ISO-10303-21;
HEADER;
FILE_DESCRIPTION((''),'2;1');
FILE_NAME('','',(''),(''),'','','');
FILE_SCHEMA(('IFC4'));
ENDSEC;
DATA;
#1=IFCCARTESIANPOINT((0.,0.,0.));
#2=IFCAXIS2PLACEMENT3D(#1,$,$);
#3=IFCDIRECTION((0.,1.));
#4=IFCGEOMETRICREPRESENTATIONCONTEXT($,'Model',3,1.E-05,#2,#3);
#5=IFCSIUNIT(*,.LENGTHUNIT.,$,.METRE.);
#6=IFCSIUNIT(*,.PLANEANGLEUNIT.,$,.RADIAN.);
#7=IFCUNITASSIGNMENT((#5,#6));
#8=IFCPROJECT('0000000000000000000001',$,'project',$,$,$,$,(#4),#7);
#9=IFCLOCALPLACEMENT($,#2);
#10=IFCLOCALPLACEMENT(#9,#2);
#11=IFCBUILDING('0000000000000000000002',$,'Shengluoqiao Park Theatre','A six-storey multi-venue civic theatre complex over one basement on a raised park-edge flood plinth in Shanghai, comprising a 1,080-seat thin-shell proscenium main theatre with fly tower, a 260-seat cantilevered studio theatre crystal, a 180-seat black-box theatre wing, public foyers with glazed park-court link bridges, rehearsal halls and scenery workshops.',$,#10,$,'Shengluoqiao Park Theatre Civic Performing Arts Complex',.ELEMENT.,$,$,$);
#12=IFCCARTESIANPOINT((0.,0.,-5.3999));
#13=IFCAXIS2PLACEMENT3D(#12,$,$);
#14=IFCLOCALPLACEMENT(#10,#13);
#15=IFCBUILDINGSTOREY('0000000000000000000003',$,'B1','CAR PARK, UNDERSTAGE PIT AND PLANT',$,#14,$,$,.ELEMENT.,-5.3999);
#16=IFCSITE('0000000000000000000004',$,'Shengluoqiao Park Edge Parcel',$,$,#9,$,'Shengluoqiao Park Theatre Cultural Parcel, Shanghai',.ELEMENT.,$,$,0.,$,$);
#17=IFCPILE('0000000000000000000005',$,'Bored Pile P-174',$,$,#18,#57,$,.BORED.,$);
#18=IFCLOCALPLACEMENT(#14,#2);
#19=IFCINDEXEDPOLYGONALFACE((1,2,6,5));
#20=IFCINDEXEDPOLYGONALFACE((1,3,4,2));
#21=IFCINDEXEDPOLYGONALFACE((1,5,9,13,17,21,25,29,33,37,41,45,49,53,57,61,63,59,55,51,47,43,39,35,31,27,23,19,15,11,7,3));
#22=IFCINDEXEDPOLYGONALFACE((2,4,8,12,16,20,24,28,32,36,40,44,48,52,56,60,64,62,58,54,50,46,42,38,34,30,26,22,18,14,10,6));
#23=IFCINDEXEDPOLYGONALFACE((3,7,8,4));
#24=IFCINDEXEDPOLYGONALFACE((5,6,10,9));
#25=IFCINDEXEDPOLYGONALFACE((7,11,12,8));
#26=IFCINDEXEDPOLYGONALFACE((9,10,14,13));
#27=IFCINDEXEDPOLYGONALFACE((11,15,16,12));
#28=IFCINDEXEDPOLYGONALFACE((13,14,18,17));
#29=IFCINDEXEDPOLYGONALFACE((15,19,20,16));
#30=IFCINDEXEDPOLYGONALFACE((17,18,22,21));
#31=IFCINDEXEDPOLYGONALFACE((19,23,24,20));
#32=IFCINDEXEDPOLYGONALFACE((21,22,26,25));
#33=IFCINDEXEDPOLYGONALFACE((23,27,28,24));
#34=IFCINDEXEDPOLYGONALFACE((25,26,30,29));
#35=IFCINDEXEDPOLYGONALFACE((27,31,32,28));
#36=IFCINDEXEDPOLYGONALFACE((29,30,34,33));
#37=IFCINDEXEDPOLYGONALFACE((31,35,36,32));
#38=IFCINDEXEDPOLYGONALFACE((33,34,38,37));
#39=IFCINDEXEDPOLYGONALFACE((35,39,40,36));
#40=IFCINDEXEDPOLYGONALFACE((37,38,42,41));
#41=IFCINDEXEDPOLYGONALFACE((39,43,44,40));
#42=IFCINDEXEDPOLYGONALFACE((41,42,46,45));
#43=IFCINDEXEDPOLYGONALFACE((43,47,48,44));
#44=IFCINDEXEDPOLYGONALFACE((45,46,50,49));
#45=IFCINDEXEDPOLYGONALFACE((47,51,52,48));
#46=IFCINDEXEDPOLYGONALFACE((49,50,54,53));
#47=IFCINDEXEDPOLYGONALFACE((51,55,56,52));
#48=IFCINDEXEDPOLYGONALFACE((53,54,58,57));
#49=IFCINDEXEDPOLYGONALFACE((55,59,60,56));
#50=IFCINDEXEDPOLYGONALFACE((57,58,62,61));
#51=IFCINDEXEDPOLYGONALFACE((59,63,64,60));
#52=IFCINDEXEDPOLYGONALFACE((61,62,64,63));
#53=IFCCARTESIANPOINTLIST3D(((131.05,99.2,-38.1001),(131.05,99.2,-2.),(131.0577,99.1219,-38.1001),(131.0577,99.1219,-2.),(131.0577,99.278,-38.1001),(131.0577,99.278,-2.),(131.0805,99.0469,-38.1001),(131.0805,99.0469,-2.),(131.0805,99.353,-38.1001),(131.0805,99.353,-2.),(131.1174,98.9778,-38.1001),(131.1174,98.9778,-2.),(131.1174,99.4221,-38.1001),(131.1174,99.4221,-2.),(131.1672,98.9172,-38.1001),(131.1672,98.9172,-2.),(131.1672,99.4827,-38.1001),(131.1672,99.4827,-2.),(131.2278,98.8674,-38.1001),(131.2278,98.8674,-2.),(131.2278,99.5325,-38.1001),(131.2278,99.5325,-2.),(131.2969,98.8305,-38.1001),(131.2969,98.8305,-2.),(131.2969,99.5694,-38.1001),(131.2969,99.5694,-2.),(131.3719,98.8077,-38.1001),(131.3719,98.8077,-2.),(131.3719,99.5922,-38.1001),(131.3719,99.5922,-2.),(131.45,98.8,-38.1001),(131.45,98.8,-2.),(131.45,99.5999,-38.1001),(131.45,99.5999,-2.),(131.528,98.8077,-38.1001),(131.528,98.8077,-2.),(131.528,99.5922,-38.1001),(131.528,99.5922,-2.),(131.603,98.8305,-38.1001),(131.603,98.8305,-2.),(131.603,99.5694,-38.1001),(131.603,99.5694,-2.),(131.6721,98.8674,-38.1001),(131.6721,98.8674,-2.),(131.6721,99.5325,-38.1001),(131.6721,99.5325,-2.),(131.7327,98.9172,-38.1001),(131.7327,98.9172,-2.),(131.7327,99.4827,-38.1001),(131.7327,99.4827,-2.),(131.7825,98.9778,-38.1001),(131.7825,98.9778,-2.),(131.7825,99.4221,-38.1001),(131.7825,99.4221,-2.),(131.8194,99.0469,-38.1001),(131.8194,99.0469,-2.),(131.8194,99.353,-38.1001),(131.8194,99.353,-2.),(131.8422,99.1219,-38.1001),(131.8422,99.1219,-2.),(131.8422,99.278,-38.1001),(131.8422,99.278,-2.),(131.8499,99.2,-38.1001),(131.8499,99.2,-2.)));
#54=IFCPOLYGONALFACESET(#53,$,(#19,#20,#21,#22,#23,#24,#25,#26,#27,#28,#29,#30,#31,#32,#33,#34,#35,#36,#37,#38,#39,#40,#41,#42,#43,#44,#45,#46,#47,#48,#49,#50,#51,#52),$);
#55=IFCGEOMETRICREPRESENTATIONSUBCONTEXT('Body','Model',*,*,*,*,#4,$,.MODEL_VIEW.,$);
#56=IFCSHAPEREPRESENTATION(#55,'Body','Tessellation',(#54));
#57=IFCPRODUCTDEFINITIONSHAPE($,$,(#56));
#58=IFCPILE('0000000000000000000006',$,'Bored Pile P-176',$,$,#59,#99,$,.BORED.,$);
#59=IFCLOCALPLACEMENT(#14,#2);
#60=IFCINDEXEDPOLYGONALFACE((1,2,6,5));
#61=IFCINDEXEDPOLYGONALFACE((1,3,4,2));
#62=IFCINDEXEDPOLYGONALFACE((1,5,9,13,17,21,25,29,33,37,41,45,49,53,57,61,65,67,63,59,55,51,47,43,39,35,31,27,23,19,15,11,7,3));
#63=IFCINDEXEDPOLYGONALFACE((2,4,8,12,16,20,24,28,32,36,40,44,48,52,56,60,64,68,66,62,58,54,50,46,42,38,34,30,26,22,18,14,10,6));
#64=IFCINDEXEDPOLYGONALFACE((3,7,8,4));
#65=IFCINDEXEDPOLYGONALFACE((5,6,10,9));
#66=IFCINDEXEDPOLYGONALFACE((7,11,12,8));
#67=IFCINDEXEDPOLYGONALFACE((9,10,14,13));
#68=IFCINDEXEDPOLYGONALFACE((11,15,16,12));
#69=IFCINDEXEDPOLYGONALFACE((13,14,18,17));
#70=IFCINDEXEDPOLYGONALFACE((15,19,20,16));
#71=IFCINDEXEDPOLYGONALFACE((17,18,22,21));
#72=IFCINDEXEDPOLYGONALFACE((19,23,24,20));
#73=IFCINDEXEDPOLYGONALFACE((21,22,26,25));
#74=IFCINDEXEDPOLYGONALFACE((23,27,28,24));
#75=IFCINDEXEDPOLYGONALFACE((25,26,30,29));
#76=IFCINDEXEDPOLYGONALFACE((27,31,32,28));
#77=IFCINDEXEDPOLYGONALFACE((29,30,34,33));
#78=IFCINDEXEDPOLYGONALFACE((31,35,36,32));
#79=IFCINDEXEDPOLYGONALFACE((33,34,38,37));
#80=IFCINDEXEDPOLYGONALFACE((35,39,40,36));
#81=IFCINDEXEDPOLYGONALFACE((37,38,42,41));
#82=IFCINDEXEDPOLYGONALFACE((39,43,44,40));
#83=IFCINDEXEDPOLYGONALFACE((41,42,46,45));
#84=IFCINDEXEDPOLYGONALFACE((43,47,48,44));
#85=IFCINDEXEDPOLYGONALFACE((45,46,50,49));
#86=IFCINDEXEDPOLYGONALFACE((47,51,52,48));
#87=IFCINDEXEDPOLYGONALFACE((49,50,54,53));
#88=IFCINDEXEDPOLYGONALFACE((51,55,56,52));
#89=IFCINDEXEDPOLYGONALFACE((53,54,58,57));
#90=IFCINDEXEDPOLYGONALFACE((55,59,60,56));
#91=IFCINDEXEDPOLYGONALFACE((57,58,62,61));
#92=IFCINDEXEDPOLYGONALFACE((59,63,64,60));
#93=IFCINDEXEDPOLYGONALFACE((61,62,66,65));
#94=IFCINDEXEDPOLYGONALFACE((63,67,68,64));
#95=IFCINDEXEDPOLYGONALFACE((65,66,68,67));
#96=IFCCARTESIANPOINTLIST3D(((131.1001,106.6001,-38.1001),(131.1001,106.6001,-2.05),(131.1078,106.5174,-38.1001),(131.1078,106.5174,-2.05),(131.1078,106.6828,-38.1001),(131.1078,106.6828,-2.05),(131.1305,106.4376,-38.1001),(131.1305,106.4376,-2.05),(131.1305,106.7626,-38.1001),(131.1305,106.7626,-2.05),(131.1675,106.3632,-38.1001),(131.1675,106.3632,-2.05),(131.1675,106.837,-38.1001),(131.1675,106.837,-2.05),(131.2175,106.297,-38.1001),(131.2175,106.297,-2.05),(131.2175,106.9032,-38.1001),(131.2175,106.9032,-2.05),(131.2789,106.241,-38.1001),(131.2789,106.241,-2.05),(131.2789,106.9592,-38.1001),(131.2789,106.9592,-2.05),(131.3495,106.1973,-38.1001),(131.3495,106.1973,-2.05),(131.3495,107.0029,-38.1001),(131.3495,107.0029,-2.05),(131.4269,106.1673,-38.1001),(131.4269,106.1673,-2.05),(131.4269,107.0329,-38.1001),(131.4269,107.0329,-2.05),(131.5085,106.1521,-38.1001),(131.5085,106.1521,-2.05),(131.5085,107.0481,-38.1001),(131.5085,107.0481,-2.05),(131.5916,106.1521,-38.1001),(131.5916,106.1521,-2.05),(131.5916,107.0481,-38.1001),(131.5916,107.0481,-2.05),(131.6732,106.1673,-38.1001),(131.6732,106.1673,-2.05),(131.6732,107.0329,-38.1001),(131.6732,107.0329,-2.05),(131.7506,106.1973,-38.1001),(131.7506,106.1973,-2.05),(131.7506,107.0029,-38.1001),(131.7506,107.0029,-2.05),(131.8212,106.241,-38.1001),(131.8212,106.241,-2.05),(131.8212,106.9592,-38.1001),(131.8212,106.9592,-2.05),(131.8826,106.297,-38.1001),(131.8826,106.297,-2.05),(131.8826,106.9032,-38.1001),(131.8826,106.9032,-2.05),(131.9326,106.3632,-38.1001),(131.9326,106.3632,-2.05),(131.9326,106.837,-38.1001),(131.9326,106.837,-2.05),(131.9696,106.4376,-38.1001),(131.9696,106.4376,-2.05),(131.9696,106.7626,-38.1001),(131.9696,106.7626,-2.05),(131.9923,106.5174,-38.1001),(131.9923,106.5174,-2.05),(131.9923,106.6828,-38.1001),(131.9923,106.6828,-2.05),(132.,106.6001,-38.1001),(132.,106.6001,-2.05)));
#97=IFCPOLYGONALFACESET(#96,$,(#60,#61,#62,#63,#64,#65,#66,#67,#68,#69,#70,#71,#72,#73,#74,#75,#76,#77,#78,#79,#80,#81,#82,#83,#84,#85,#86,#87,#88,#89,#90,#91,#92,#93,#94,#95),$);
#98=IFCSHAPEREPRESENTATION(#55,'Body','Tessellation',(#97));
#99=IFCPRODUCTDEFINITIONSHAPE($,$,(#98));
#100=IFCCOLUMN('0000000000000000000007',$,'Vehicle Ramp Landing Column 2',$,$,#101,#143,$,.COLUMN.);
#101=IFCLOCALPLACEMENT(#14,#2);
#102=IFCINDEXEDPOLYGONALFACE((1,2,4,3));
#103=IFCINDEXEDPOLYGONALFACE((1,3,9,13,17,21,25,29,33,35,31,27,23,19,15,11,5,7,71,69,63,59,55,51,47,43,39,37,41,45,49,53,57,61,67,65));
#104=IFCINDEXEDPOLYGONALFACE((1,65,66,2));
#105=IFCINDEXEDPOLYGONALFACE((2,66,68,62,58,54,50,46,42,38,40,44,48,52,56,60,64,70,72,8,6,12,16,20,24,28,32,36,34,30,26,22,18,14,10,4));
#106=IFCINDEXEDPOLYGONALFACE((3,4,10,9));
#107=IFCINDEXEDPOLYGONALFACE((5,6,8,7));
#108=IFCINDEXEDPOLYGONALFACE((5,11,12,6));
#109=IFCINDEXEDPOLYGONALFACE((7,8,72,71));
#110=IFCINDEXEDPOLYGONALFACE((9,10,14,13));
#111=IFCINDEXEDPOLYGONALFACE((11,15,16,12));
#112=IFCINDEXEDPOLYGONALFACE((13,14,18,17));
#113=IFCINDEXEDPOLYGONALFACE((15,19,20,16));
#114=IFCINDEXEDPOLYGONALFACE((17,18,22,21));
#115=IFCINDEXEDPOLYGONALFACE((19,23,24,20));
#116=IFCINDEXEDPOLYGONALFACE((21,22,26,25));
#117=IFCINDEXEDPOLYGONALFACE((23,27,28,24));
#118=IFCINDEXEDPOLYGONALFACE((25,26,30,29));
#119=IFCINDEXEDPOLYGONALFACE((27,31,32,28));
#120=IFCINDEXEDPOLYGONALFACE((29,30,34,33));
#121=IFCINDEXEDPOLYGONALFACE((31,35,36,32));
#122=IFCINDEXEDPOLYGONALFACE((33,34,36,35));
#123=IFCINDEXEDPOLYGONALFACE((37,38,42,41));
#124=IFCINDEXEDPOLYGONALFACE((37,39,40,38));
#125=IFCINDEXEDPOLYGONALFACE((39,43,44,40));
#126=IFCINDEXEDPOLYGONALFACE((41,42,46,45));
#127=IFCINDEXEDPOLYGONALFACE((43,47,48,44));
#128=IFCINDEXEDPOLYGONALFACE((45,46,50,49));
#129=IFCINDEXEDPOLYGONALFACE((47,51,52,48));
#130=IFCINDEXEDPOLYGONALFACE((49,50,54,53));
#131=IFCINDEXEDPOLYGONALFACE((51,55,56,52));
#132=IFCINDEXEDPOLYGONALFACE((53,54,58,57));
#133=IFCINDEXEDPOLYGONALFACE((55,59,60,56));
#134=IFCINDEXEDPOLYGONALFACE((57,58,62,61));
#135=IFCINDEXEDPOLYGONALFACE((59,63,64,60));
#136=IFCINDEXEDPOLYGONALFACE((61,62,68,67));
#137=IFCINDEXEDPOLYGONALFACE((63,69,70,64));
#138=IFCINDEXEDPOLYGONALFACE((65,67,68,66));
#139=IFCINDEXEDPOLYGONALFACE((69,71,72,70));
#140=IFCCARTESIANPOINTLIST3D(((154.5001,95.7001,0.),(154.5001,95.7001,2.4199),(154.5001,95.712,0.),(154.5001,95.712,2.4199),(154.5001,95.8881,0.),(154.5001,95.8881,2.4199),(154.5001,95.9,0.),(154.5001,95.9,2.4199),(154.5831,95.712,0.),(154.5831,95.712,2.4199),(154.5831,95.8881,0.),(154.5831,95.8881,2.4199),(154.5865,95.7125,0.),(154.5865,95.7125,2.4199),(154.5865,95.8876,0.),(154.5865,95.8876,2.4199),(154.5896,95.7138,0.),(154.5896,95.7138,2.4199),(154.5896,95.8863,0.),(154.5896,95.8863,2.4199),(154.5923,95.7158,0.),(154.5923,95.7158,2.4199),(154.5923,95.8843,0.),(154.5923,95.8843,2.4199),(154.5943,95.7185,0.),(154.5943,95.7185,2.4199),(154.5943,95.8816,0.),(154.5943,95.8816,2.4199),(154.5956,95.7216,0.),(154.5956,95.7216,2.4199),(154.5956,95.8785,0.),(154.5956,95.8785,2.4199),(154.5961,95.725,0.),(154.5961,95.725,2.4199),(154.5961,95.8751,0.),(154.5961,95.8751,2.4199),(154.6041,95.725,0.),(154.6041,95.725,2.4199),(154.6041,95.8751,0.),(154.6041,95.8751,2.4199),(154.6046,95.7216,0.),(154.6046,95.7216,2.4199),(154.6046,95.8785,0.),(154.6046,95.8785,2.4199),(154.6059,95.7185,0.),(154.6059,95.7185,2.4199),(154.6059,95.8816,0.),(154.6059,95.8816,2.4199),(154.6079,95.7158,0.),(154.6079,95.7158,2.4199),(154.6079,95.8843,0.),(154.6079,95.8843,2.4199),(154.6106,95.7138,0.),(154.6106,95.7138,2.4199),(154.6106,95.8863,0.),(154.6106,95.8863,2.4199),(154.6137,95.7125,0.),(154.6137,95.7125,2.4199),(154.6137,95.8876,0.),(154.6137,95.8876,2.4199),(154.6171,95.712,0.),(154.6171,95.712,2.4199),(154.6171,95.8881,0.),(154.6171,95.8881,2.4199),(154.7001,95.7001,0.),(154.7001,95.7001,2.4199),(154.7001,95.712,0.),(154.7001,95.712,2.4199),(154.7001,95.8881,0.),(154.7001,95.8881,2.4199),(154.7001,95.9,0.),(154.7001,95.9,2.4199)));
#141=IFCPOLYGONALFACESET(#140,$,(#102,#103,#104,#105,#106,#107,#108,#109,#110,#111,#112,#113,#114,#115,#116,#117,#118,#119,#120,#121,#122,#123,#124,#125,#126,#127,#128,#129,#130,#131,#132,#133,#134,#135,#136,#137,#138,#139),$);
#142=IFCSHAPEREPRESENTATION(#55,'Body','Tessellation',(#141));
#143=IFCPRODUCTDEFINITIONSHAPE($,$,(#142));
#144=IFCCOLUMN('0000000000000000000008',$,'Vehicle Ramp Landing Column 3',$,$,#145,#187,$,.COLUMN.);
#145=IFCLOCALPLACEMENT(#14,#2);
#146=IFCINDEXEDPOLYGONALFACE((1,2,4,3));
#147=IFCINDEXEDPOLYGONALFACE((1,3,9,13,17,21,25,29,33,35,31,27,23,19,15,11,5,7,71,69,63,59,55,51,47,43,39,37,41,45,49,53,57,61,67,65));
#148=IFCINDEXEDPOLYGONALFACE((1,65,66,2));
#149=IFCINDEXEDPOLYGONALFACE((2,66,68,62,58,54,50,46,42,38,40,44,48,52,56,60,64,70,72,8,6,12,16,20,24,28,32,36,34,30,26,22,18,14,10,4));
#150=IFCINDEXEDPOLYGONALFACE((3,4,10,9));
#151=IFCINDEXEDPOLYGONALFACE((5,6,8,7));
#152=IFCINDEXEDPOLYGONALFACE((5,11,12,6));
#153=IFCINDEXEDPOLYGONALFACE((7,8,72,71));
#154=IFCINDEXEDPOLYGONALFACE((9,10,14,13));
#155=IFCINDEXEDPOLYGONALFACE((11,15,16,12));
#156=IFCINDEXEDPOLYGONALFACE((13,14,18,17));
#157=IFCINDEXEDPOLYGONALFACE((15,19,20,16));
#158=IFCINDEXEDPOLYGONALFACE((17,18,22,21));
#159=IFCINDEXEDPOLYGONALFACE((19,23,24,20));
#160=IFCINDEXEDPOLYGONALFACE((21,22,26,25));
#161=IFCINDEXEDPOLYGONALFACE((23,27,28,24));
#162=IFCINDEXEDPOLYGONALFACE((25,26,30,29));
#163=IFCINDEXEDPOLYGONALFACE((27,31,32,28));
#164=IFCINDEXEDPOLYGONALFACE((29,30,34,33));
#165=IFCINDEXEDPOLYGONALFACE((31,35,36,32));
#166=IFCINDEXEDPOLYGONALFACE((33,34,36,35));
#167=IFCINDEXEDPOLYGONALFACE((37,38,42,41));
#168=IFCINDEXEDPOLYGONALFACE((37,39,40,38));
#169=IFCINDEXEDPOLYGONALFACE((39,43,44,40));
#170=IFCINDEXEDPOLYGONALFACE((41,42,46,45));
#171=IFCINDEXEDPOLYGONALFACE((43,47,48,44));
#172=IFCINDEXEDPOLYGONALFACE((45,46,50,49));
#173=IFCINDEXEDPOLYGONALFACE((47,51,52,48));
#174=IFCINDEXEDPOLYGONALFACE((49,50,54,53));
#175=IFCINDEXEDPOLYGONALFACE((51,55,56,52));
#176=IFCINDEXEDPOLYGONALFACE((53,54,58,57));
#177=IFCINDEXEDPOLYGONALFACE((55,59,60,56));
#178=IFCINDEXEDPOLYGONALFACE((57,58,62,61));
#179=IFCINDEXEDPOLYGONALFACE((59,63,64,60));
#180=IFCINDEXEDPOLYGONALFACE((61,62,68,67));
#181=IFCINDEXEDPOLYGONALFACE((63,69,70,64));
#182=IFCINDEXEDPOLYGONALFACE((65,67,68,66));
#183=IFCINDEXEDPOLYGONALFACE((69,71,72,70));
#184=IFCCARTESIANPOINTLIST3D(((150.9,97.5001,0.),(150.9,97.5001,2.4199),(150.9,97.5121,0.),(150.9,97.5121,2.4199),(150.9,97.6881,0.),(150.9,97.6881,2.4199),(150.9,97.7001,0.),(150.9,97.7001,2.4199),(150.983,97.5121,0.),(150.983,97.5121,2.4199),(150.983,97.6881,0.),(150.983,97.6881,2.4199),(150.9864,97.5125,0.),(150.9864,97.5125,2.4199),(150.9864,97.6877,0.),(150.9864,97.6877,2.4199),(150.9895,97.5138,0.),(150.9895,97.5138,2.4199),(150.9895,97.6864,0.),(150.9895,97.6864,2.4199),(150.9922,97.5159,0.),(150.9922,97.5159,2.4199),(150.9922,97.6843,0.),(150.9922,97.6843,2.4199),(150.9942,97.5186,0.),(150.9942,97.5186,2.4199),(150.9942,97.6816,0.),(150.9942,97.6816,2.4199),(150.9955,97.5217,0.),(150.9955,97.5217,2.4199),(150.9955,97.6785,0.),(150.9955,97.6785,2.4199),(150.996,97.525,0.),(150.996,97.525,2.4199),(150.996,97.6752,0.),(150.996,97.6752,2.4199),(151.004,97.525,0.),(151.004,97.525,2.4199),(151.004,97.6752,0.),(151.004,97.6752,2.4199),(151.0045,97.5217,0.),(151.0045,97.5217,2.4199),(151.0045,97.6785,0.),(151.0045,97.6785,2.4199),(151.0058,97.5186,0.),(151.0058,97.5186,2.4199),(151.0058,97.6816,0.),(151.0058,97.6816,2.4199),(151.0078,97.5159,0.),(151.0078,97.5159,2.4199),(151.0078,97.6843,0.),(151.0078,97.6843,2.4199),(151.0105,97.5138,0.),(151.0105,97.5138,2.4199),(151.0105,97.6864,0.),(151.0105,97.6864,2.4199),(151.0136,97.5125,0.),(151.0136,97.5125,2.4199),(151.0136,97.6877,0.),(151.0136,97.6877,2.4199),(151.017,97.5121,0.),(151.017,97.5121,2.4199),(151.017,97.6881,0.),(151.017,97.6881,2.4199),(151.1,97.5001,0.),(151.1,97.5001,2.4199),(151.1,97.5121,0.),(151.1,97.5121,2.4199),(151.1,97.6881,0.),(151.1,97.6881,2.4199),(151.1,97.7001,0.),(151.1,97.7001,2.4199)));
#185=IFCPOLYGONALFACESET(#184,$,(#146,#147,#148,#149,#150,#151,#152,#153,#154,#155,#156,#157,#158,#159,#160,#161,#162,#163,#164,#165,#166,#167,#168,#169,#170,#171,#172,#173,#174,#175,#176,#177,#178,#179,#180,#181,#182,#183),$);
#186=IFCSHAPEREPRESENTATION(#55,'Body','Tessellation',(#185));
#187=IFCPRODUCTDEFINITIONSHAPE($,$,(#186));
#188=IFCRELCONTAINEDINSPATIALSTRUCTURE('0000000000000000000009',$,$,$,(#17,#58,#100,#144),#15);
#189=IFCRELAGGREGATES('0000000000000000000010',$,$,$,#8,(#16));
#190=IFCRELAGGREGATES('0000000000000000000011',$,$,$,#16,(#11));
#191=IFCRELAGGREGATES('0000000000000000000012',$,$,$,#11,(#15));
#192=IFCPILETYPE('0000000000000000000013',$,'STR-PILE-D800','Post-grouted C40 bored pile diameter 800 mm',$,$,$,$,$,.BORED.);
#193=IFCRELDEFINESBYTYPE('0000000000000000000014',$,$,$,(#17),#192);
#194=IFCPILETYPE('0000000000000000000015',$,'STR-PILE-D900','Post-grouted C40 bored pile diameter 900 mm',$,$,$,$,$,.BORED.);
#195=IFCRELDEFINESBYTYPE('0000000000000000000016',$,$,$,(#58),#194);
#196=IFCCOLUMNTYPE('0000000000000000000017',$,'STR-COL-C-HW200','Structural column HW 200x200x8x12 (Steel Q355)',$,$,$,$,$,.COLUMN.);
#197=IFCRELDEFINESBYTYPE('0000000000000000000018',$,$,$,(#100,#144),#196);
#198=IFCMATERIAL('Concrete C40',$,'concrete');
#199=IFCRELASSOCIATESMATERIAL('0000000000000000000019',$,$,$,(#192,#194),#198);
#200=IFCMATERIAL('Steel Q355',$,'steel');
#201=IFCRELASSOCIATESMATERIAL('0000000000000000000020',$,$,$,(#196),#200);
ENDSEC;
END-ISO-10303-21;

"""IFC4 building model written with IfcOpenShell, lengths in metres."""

from ifc_helpers import new_model, si_unit, direction, frame, origin, origin_2d, place, context, subcontext, project, spatial, circle, i_section, extrude, material, material_profile, profile_set, type_object, element, save


model = new_model("IFC4")

# Units and contexts
model_context = context("Model", 3, precision=1e-05, world=origin(), true_north=direction((0.0, 1.0)))
body_context = subcontext(model_context, "Body", "Model", "MODEL_VIEW")
ifc_project = project(units=[si_unit("LENGTHUNIT", "METRE"), si_unit("PLANEANGLEUNIT", "RADIAN")], contexts=[model_context])

# Site, building, storey
site_placement = place(None, origin())
site = spatial("IfcSite", under=ifc_project, at=site_placement, Name="Shengluoqiao Park Edge Parcel", LongName="Shengluoqiao Park Theatre Cultural Parcel, Shanghai", CompositionType="ELEMENT", RefElevation=0.0)
building_placement = place(site_placement, origin())
building = spatial("IfcBuilding", under=site, at=building_placement, Name="Shengluoqiao Park Theatre", Description="A six-storey multi-venue civic theatre complex over one basement on a raised park-edge flood plinth in Shanghai, comprising a 1,080-seat thin-shell proscenium main theatre with fly tower, a 260-seat cantilevered studio theatre crystal, a 180-seat black-box theatre wing, public foyers with glazed park-court link bridges, rehearsal halls and scenery workshops.", LongName="Shengluoqiao Park Theatre Civic Performing Arts Complex", CompositionType="ELEMENT")
storey_placement = place(building_placement, frame((0.0, 0.0, -5.3999)))
storey = spatial("IfcBuildingStorey", under=building, at=storey_placement, Name="B1", Description="CAR PARK, UNDERSTAGE PIT AND PLANT", CompositionType="ELEMENT", Elevation=-5.3999)

# Piles
ifc_material_1 = material(Name="Concrete C40", Category="concrete")
ifc_material_profile_1 = material_profile(ifc_material_1, circle(Radius=0.3999, at=origin_2d()), Name="BORED PILE D800")
ifc_profile_set_1 = profile_set([ifc_material_profile_1], Name="Concrete C40")
pile_type_1 = type_object("IfcPileType", Name="STR-PILE-D800", Description="Post-grouted C40 bored pile diameter 800 mm", PredefinedType="BORED", material=ifc_profile_set_1)
pile_1_placement = place(storey_placement, frame((131.45, 99.2, -2.0), z_axis=(0.0, 0.0, -1.0), x_axis=(1.0, 0.0, 0.0)))
element("IfcPile", 1, at=pile_1_placement, inside=storey, type_object=pile_type_1, Name="Bored Pile P-174", PredefinedType="BORED", context=body_context, shape_type="SweptSolid", body=[
    extrude(circle(Radius=0.3999, at=origin_2d()), origin(), (0.0, 0.0, 1.0), 36.1001),
])
ifc_material_profile_2 = material_profile(ifc_material_1, circle(Radius=0.45, at=origin_2d()), Name="BORED PILE D900")
ifc_profile_set_2 = profile_set([ifc_material_profile_2], Name="Concrete C40")
pile_type_2 = type_object("IfcPileType", Name="STR-PILE-D900", Description="Post-grouted C40 bored pile diameter 900 mm", PredefinedType="BORED", material=ifc_profile_set_2)
pile_2_placement = place(storey_placement, frame((131.55, 106.6001, -2.05), z_axis=(0.0, 0.0, -1.0), x_axis=(1.0, 0.0, 0.0)))
element("IfcPile", 2, at=pile_2_placement, inside=storey, type_object=pile_type_2, Name="Bored Pile P-176", PredefinedType="BORED", context=body_context, shape_type="SweptSolid", body=[
    extrude(circle(Radius=0.45, at=origin_2d()), origin(), (0.0, 0.0, 1.0), 36.05),
])

# Columns
ifc_material_2 = material(Name="Steel Q355", Category="steel")
ifc_material_profile_3 = material_profile(ifc_material_2, i_section(OverallWidth=0.2, OverallDepth=0.2, WebThickness=0.0081, FlangeThickness=0.012, FilletRadius=0.0129, at=origin_2d()), Name="HW 200x200x8x12")
ifc_profile_set_3 = profile_set([ifc_material_profile_3], Name="Steel Q355")
column_type_1 = type_object("IfcColumnType", Name="STR-COL-C-HW200", Description="Structural column HW 200x200x8x12 (Steel Q355)", PredefinedType="COLUMN", material=ifc_profile_set_3)
for number, where, z_axis, x_axis, name in (
    (3, (154.6001, 95.8, 0.0), (0.0, 0.0, 1.0), (1.0, 0.0, 0.0), "Vehicle Ramp Landing Column 2"),
    (4, (151.0, 97.6001, 0.0), (0.0, 0.0, 1.0), (1.0, 0.0, 0.0), "Vehicle Ramp Landing Column 3"),
):
    element("IfcColumn", number, at=place(storey_placement, frame(where, z_axis=z_axis, x_axis=x_axis)), inside=storey, type_object=column_type_1, Name=name, PredefinedType="COLUMN", context=body_context, shape_type="SweptSolid", body=[
        extrude(i_section(OverallWidth=0.2, OverallDepth=0.2, WebThickness=0.0081, FlangeThickness=0.012, FilletRadius=0.0129, at=origin_2d()), origin(), (0.0, 0.0, 1.0), 2.4199),
    ])

save(model, "model.ifc")
